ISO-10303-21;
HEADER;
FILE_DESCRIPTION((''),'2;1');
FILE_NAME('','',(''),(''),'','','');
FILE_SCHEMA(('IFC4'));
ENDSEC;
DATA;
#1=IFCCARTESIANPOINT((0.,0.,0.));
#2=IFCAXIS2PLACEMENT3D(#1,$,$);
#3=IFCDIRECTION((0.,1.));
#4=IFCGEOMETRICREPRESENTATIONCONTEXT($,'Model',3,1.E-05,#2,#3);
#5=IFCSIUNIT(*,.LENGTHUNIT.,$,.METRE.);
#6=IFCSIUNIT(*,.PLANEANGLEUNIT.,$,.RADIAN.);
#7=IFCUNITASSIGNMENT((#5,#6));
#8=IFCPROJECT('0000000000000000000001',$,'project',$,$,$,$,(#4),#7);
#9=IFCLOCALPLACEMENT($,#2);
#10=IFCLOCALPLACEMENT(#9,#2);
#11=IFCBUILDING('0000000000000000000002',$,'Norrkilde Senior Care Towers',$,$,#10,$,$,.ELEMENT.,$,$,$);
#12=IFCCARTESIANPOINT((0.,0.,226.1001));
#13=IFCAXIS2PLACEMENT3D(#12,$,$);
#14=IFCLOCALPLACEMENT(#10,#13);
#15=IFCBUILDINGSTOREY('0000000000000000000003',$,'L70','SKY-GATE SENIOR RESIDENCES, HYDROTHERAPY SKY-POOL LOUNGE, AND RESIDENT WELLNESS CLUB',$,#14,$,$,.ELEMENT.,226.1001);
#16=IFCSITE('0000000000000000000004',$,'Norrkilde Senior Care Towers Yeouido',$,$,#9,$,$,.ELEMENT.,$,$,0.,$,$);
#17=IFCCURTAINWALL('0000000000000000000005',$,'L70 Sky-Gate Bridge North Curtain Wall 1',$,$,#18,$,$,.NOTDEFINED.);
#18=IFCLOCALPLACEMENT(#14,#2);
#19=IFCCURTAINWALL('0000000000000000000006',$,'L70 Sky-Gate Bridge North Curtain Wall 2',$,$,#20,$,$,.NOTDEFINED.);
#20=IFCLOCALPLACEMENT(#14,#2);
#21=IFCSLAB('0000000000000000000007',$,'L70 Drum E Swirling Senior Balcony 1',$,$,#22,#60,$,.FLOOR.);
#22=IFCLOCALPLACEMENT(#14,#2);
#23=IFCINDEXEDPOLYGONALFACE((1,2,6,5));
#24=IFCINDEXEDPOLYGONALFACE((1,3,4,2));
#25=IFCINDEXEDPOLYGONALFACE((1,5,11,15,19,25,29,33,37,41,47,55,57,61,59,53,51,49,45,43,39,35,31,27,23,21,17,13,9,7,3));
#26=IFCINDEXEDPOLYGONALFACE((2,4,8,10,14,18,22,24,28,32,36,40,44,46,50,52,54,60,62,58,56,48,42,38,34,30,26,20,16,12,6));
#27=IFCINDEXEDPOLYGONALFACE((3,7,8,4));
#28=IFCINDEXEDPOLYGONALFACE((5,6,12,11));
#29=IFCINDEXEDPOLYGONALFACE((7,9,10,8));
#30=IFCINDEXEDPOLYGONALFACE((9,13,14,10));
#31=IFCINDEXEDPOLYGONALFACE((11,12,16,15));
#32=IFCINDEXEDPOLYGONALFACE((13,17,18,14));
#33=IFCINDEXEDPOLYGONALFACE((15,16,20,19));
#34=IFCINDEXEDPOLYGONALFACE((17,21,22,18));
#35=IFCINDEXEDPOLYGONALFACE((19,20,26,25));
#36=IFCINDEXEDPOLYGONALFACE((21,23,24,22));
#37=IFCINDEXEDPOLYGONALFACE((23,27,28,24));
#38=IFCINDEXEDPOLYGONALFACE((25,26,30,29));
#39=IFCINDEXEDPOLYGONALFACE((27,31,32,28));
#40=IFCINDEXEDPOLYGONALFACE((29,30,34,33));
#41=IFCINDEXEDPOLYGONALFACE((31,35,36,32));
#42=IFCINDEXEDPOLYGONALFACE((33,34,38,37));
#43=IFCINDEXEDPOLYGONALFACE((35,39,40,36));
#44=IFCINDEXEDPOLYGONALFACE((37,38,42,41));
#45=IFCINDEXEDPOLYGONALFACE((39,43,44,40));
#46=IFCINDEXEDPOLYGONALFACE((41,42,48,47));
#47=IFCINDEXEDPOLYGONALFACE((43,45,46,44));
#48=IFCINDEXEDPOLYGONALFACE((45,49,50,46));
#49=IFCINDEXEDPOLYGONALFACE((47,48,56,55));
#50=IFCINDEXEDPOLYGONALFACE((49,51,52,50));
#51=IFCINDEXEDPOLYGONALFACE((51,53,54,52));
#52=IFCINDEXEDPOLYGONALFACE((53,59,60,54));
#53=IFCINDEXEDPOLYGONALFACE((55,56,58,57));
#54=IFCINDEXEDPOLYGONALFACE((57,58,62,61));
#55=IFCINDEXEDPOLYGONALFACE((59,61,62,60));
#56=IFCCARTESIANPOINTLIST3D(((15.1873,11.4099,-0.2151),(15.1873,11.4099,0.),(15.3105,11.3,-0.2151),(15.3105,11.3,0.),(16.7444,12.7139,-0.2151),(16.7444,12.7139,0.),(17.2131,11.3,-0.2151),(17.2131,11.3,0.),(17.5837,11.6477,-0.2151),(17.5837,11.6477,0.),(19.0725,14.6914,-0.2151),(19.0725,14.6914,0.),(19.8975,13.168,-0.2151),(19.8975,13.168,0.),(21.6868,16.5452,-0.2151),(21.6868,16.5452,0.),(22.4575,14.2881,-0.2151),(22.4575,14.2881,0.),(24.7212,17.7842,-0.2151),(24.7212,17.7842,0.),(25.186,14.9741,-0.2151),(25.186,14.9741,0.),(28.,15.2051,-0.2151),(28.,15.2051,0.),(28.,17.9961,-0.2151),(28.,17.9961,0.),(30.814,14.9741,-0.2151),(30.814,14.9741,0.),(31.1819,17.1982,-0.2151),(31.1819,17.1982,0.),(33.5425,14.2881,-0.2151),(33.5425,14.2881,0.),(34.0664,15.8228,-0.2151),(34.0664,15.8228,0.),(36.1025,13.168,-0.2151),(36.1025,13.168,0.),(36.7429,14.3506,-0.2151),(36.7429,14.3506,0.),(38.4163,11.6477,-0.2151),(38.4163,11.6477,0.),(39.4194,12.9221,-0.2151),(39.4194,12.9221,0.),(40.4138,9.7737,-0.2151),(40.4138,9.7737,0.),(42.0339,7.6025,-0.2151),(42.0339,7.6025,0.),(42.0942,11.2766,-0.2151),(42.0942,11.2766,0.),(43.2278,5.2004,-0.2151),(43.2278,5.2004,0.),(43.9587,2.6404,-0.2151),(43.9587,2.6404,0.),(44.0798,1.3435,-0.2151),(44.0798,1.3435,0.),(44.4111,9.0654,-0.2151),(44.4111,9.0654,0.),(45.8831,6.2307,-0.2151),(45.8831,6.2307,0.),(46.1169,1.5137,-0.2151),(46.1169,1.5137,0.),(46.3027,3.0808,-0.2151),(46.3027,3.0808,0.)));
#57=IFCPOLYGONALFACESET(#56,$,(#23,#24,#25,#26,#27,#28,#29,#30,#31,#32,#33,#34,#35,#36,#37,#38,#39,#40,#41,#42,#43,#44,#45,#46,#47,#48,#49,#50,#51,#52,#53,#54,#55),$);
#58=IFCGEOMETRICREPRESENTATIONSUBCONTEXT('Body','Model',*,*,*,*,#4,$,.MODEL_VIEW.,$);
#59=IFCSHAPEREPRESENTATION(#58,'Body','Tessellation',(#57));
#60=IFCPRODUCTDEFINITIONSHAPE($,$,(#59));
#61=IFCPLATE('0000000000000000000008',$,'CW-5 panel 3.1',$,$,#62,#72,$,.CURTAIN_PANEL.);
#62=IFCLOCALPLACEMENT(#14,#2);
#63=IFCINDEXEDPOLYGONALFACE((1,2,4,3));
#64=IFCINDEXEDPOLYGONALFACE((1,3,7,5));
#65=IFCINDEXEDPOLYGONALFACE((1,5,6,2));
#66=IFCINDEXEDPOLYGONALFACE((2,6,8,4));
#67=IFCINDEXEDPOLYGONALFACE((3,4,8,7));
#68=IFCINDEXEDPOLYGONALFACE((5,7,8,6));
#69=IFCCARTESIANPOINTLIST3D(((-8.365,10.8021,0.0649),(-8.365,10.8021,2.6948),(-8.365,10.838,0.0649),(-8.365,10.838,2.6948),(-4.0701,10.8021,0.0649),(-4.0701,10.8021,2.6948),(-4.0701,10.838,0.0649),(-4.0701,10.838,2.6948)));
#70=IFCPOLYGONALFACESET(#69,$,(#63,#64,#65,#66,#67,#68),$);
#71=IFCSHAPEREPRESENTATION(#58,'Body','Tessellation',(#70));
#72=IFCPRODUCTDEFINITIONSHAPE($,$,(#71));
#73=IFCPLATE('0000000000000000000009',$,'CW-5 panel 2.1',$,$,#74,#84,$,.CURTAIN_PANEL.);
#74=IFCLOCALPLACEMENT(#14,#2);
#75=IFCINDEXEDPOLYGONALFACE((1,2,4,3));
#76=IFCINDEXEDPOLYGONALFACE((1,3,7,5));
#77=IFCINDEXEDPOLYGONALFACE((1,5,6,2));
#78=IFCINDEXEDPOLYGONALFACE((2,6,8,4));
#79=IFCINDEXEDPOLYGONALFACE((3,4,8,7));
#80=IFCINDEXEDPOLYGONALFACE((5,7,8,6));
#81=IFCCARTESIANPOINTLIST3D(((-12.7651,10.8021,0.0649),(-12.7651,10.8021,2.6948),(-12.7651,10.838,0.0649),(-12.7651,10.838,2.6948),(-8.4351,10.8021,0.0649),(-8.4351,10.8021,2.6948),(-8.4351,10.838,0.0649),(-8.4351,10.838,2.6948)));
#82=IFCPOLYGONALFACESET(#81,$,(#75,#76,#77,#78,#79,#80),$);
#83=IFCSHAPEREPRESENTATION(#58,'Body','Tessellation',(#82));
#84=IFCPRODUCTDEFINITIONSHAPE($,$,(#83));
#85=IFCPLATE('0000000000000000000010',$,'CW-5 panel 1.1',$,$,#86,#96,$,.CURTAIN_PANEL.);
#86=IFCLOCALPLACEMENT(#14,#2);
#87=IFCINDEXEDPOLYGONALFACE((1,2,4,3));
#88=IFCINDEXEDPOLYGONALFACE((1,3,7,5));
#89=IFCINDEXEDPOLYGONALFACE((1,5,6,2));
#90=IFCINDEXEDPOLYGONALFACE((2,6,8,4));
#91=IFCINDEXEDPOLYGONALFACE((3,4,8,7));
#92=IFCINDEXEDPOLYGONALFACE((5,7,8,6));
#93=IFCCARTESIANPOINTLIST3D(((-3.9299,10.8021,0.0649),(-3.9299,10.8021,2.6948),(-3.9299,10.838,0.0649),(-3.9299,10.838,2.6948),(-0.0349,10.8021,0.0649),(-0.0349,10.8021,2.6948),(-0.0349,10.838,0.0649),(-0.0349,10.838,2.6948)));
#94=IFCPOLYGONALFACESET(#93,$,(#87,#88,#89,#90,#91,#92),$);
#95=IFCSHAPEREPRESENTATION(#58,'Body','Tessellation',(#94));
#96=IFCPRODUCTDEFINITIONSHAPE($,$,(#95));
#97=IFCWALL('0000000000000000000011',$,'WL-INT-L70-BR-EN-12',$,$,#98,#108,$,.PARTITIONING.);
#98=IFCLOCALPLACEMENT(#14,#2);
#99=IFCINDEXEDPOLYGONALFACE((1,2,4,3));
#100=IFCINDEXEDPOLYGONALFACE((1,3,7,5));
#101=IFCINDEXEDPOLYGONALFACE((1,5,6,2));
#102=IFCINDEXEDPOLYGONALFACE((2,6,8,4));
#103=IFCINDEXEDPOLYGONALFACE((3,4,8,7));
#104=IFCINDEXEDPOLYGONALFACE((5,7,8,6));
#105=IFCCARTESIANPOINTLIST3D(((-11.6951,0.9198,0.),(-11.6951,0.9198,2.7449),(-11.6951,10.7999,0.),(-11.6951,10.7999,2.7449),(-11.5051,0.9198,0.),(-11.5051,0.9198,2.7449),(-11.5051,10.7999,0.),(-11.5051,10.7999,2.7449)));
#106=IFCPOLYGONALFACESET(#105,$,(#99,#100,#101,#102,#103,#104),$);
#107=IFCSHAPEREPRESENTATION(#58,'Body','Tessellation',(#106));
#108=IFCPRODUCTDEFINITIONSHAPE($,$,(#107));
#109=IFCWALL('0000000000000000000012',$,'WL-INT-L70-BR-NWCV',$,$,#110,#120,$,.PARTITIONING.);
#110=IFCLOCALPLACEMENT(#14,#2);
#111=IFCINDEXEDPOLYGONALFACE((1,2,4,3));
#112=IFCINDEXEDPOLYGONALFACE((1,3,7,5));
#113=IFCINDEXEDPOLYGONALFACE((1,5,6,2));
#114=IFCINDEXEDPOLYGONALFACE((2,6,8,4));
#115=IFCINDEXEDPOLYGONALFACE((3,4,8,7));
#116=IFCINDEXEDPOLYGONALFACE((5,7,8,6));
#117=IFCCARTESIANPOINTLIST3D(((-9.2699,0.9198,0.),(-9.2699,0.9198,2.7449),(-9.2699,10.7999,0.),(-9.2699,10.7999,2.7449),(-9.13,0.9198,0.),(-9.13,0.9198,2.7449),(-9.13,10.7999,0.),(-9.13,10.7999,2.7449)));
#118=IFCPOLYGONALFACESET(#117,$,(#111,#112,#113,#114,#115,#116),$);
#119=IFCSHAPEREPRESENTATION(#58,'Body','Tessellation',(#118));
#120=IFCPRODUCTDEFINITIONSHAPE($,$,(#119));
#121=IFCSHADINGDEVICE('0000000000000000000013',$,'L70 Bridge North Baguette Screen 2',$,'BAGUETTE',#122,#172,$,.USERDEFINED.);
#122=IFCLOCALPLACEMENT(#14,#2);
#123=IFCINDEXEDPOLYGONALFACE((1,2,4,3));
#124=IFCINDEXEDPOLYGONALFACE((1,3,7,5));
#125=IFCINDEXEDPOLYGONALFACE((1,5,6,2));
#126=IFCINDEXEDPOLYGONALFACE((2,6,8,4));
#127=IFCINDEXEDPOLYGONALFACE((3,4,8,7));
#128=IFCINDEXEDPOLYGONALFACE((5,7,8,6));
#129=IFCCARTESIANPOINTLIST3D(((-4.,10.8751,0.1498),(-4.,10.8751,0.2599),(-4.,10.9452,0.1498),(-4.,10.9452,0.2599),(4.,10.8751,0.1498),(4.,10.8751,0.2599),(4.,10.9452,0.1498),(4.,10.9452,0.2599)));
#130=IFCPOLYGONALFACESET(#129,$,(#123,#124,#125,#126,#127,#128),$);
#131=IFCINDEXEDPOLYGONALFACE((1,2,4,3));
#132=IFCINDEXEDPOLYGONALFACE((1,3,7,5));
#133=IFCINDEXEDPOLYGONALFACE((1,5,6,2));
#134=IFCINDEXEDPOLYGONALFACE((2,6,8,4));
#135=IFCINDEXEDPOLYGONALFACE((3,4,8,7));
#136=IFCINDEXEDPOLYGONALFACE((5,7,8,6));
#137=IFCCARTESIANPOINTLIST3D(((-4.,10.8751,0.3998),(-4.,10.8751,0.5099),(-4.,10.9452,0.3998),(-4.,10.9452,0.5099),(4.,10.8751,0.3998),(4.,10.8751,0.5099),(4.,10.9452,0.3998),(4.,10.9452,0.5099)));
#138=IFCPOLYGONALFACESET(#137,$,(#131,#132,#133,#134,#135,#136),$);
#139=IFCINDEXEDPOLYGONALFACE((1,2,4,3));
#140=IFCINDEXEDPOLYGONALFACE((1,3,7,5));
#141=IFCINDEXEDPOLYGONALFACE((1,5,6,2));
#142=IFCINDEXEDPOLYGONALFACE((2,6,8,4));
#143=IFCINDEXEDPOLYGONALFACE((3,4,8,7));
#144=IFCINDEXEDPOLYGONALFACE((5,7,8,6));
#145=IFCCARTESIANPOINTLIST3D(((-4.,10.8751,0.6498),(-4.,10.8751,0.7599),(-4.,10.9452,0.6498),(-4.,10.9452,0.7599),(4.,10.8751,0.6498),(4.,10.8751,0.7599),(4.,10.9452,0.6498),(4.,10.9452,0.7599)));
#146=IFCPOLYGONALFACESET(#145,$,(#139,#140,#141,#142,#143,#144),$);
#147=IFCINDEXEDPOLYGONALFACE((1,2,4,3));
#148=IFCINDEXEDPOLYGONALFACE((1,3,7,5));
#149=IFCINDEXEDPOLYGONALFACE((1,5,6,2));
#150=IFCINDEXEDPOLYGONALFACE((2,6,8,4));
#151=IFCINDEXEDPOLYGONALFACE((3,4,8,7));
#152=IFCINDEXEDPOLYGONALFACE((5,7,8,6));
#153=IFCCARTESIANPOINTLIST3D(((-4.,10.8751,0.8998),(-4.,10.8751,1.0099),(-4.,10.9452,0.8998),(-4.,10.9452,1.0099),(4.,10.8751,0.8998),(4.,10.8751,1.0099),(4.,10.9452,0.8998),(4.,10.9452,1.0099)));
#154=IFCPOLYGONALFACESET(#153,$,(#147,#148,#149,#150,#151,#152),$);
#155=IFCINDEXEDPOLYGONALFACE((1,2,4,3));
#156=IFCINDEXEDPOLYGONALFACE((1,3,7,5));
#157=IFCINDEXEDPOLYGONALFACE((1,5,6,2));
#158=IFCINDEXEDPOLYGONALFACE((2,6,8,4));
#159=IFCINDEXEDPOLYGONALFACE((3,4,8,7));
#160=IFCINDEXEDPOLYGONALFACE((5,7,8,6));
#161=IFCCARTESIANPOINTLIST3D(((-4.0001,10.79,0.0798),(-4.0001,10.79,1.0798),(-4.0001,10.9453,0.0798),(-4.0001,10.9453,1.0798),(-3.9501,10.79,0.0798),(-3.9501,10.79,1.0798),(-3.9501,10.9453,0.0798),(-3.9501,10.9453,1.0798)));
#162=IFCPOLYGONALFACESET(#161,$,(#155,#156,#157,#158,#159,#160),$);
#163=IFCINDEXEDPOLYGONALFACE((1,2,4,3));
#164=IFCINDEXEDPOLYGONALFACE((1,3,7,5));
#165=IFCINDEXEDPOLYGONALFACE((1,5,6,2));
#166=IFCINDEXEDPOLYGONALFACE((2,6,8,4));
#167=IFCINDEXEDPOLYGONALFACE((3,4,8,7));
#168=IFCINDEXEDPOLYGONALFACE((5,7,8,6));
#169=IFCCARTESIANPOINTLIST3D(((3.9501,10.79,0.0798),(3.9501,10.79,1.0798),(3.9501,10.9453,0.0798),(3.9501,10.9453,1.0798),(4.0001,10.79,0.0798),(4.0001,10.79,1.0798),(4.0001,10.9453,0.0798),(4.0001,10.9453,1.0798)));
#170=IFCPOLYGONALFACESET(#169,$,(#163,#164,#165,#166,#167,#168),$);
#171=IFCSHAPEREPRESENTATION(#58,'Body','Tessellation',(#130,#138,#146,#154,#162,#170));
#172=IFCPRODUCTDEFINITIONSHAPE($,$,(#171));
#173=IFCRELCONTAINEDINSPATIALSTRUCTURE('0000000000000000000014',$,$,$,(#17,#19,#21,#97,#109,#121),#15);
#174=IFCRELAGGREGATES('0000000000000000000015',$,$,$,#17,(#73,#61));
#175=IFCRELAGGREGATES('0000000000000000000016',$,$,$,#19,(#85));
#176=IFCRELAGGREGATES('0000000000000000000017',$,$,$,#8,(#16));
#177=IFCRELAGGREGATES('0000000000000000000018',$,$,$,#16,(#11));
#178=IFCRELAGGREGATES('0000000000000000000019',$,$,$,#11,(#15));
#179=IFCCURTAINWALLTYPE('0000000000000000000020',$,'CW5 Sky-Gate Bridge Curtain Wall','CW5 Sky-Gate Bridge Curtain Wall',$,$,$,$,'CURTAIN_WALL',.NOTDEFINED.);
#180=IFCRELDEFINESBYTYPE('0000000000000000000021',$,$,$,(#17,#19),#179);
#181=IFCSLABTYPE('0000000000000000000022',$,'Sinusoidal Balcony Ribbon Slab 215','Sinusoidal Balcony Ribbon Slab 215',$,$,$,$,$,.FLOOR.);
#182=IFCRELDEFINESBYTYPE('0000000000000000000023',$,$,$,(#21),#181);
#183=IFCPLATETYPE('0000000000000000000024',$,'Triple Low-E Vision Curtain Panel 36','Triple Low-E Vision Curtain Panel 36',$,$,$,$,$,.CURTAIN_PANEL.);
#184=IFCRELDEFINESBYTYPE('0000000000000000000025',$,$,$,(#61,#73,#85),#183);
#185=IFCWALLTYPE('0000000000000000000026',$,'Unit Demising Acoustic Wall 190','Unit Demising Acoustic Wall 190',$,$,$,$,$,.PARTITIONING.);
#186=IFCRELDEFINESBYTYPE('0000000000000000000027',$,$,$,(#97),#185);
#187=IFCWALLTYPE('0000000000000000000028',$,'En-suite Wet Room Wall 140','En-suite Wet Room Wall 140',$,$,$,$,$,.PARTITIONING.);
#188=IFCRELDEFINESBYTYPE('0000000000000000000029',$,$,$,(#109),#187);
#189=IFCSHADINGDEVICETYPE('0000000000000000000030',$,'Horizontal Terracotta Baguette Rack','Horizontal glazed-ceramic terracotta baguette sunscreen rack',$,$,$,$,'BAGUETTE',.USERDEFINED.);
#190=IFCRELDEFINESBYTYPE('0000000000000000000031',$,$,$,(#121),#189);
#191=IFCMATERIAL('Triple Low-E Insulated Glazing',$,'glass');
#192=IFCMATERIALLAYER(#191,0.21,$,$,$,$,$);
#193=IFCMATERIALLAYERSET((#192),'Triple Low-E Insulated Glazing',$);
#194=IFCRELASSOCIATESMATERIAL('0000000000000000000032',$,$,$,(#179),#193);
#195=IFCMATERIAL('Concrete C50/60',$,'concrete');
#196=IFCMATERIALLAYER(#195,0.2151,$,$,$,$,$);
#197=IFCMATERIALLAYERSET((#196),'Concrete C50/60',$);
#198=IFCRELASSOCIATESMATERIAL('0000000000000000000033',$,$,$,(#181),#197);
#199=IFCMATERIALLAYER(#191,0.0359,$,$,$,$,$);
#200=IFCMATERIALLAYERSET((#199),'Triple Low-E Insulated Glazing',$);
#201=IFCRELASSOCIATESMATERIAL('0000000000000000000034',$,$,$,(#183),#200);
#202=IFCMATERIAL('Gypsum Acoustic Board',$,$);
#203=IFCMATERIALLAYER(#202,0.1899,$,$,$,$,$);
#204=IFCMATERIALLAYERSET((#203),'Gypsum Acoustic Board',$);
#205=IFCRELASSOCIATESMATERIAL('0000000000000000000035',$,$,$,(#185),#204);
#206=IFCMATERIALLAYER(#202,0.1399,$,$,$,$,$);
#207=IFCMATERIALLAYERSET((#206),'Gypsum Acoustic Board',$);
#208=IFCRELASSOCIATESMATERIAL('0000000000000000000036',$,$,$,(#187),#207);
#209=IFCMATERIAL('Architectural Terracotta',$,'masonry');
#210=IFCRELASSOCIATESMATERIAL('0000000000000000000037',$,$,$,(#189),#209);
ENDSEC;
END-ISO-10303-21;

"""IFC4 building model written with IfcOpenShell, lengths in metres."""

from ifc_helpers import new_model, si_unit, direction, frame, frame_2d, origin, origin_2d, place, context, subcontext, project, spatial, polyline, rectangle, outline, extrude, source, transform, mapped, material, layer, layer_set, type_object, type_shapes, element, aggregate, save


model = new_model("IFC4")

# Units and contexts
model_context = context("Model", 3, precision=1e-05, world=origin(), true_north=direction((0.0, 1.0)))
body_context = subcontext(model_context, "Body", "Model", "MODEL_VIEW")
ifc_project = project(units=[si_unit("LENGTHUNIT", "METRE"), si_unit("PLANEANGLEUNIT", "RADIAN")], contexts=[model_context])

# Site, building, storey
site_placement = place(None, origin())
site = spatial("IfcSite", under=ifc_project, at=site_placement, Name="Norrkilde Senior Care Towers Yeouido", CompositionType="ELEMENT", RefElevation=0.0)
building_placement = place(site_placement, origin())
building = spatial("IfcBuilding", under=site, at=building_placement, Name="Norrkilde Senior Care Towers", CompositionType="ELEMENT")
storey_placement = place(building_placement, frame((0.0, 0.0, 226.1001)))
storey = spatial("IfcBuildingStorey", under=building, at=storey_placement, Name="L70", Description="SKY-GATE SENIOR RESIDENCES, HYDROTHERAPY SKY-POOL LOUNGE, AND RESIDENT WELLNESS CLUB", CompositionType="ELEMENT", Elevation=226.1001)

# Curtain walls
ifc_material_1 = material(Name="Triple Low-E Insulated Glazing", Category="glass")
ifc_layer_1 = layer(ifc_material_1, 0.21)
ifc_layer_set_1 = layer_set([ifc_layer_1], Name="Triple Low-E Insulated Glazing")
curtain_wall_type = type_object("IfcCurtainWallType", Name="CW5 Sky-Gate Bridge Curtain Wall", Description="CW5 Sky-Gate Bridge Curtain Wall", ElementType="CURTAIN_WALL", PredefinedType="NOTDEFINED", material=ifc_layer_set_1)
curtain_wall_1_placement = place(storey_placement, origin())
curtain_wall_1 = element("IfcCurtainWall", 1, at=curtain_wall_1_placement, inside=storey, type_object=curtain_wall_type, Name="L70 Sky-Gate Bridge North Curtain Wall 1", PredefinedType="NOTDEFINED")
curtain_wall_2_placement = place(storey_placement, origin())
curtain_wall_2 = element("IfcCurtainWall", 2, at=curtain_wall_2_placement, inside=storey, type_object=curtain_wall_type, Name="L70 Sky-Gate Bridge North Curtain Wall 2", PredefinedType="NOTDEFINED")

# Slab
ifc_material_2 = material(Name="Concrete C50/60", Category="concrete")
ifc_layer_2 = layer(ifc_material_2, 0.2151)
ifc_layer_set_2 = layer_set([ifc_layer_2], Name="Concrete C50/60")
slab_type_1 = type_object("IfcSlabType", Name="Sinusoidal Balcony Ribbon Slab 215", Description="Sinusoidal Balcony Ribbon Slab 215", PredefinedType="FLOOR", material=ifc_layer_set_2)
slab_1_placement = place(storey_placement, frame((0.0, 0.0, -0.2151)))
element("IfcSlab", 3, at=slab_1_placement, inside=storey, type_object=slab_type_1, Name="L70 Drum E Swirling Senior Balcony 1", PredefinedType="FLOOR", context=body_context, shape_type="SweptSolid", body=[
    extrude(outline(polyline([(21.6868, 16.5452), (24.7212, 17.7842), (28.0, 17.9961), (31.1819, 17.1982), (34.0664, 15.8228), (36.7429, 14.3506), (39.4194, 12.9221), (42.0942, 11.2766), (44.4111, 9.0654), (45.8831, 6.2307), (46.3027, 3.0808), (46.1169, 1.5137), (44.0798, 1.3435), (43.9587, 2.6404), (43.2278, 5.2004), (42.0339, 7.6025), (40.4138, 9.7737), (38.4163, 11.6477), (36.1025, 13.168), (33.5425, 14.2881), (30.814, 14.9741), (28.0, 15.2051), (25.186, 14.9741), (22.4575, 14.2881), (19.8975, 13.168), (17.5837, 11.6477), (17.2131, 11.3), (15.3105, 11.3), (15.1873, 11.4099), (16.7444, 12.7139), (19.0725, 14.6914), (21.6868, 16.5452)])), origin(), (0.0, 0.0, 1.0), 0.2151),
])

# Plates
ifc_layer_3 = layer(ifc_material_1, 0.0359)
ifc_layer_set_3 = layer_set([ifc_layer_3], Name="Triple Low-E Insulated Glazing")
plate_type = type_object("IfcPlateType", Name="Triple Low-E Vision Curtain Panel 36", Description="Triple Low-E Vision Curtain Panel 36", PredefinedType="CURTAIN_PANEL", material=ifc_layer_set_3)
shared_shape_1 = source(origin(), body_context, "Body", "SweptSolid", [
    extrude(rectangle(XDim=4.2949, YDim=0.0359, at=origin_2d()), origin(), (0.0, 0.0, 1.0), 2.6299),
])
plate_1_placement = place(storey_placement, frame((-6.2175, 10.8201, 0.0649), z_axis=(0.0, 0.0, 1.0), x_axis=(1.0, 0.0, 0.0)))
plate_1 = element("IfcPlate", 4, at=plate_1_placement, type_object=plate_type, Name="CW-5 panel 3.1", PredefinedType="CURTAIN_PANEL", context=body_context, shape_type="MappedRepresentation", body=[
    mapped(shared_shape_1, transform((0.0, 0.0, 0.0), x_axis=(1.0, 0.0, 0.0), y_axis=(0.0, 1.0, 0.0), z_axis=(0.0, 0.0, 1.0), scale=1.0)),
])
shared_shape_2 = source(origin(), body_context, "Body", "SweptSolid", [
    extrude(rectangle(XDim=4.3301, YDim=0.0359, at=origin_2d()), origin(), (0.0, 0.0, 1.0), 2.6299),
])
plate_2_placement = place(storey_placement, frame((-10.6001, 10.8201, 0.0649), z_axis=(0.0, 0.0, 1.0), x_axis=(1.0, 0.0, 0.0)))
plate_2 = element("IfcPlate", 5, at=plate_2_placement, type_object=plate_type, Name="CW-5 panel 2.1", PredefinedType="CURTAIN_PANEL", context=body_context, shape_type="MappedRepresentation", body=[
    mapped(shared_shape_2, transform((0.0, 0.0, 0.0), x_axis=(1.0, 0.0, 0.0), y_axis=(0.0, 1.0, 0.0), z_axis=(0.0, 0.0, 1.0), scale=1.0)),
])
aggregate(curtain_wall_1, [plate_2, plate_1])
shared_shape_3 = source(origin(), body_context, "Body", "SweptSolid", [
    extrude(rectangle(XDim=3.895, YDim=0.0359, at=origin_2d()), origin(), (0.0, 0.0, 1.0), 2.6299),
])
type_shapes(plate_type, [shared_shape_1, shared_shape_2, shared_shape_3])
plate_3_placement = place(storey_placement, frame((-1.9824, 10.8201, 0.0649), z_axis=(0.0, 0.0, 1.0), x_axis=(1.0, 0.0, 0.0)))
plate_3 = element("IfcPlate", 6, at=plate_3_placement, type_object=plate_type, Name="CW-5 panel 1.1", PredefinedType="CURTAIN_PANEL", context=body_context, shape_type="MappedRepresentation", body=[
    mapped(shared_shape_3, transform((0.0, 0.0, 0.0), x_axis=(1.0, 0.0, 0.0), y_axis=(0.0, 1.0, 0.0), z_axis=(0.0, 0.0, 1.0), scale=1.0)),
])
aggregate(curtain_wall_2, [plate_3])

# Shared definitions
ifc_material_3 = material(Name="Gypsum Acoustic Board")

# Walls
ifc_layer_4 = layer(ifc_material_3, 0.1899)
ifc_layer_set_4 = layer_set([ifc_layer_4], Name="Gypsum Acoustic Board")
wall_type_1 = type_object("IfcWallType", Name="Unit Demising Acoustic Wall 190", Description="Unit Demising Acoustic Wall 190", PredefinedType="PARTITIONING", material=ifc_layer_set_4)
shared_shape_4 = source(origin(), body_context, "Body", "SweptSolid", [
    extrude(rectangle(XDim=9.8801, YDim=0.1899, at=frame_2d((4.9399, 0.0))), origin(), (0.0, 0.0, 1.0), 2.7449),
])
type_shapes(wall_type_1, [shared_shape_4])
wall_1_placement = place(storey_placement, frame((-11.6001, 0.9199, 0.0), z_axis=(0.0, 0.0, 1.0), x_axis=(0.0, 1.0, 0.0)))
element("IfcWall", 7, at=wall_1_placement, inside=storey, type_object=wall_type_1, Name="WL-INT-L70-BR-EN-12", PredefinedType="PARTITIONING", context=body_context, shape_type="MappedRepresentation", body=[
    mapped(shared_shape_4, transform((0.0, 0.0, 0.0), x_axis=(1.0, 0.0, 0.0), y_axis=(0.0, 1.0, 0.0), z_axis=(0.0, 0.0, 1.0), scale=1.0)),
])
ifc_layer_5 = layer(ifc_material_3, 0.1399)
ifc_layer_set_5 = layer_set([ifc_layer_5], Name="Gypsum Acoustic Board")
wall_type_2 = type_object("IfcWallType", Name="En-suite Wet Room Wall 140", Description="En-suite Wet Room Wall 140", PredefinedType="PARTITIONING", material=ifc_layer_set_5)
shared_shape_5 = source(origin(), body_context, "Body", "SweptSolid", [
    extrude(rectangle(XDim=9.8801, YDim=0.1399, at=frame_2d((4.9399, 0.0))), origin(), (0.0, 0.0, 1.0), 2.7449),
])
type_shapes(wall_type_2, [shared_shape_5])
wall_2_placement = place(storey_placement, frame((-9.2, 0.9199, 0.0), z_axis=(0.0, 0.0, 1.0), x_axis=(0.0, 1.0, 0.0)))
element("IfcWall", 8, at=wall_2_placement, inside=storey, type_object=wall_type_2, Name="WL-INT-L70-BR-NWCV", PredefinedType="PARTITIONING", context=body_context, shape_type="MappedRepresentation", body=[
    mapped(shared_shape_5, transform((0.0, 0.0, 0.0), x_axis=(1.0, 0.0, 0.0), y_axis=(0.0, 1.0, 0.0), z_axis=(0.0, 0.0, 1.0), scale=1.0)),
])

# Shading device
ifc_material_4 = material(Name="Architectural Terracotta", Category="masonry")
shading_device_type = type_object("IfcShadingDeviceType", Name="Horizontal Terracotta Baguette Rack", Description="Horizontal glazed-ceramic terracotta baguette sunscreen rack", ElementType="BAGUETTE", PredefinedType="USERDEFINED", material=ifc_material_4)
shared_shape_6 = source(origin(), body_context, "Body", "SweptSolid", [
    extrude(rectangle(XDim=0.0701, YDim=0.1101, at=origin_2d()), frame((0.0, 0.0901, 0.125), z_axis=(1.0, 0.0, 0.0), x_axis=(0.0, 1.0, 0.0)), (0.0, 0.0, 1.0), 8.0),
    extrude(rectangle(XDim=0.0701, YDim=0.1101, at=origin_2d()), frame((0.0, 0.0901, 0.375), z_axis=(1.0, 0.0, 0.0), x_axis=(0.0, 1.0, 0.0)), (0.0, 0.0, 1.0), 8.0),
    extrude(rectangle(XDim=0.0701, YDim=0.1101, at=origin_2d()), frame((0.0, 0.0901, 0.625), z_axis=(1.0, 0.0, 0.0), x_axis=(0.0, 1.0, 0.0)), (0.0, 0.0, 1.0), 8.0),
    extrude(rectangle(XDim=0.0701, YDim=0.1101, at=origin_2d()), frame((0.0, 0.0901, 0.875), z_axis=(1.0, 0.0, 0.0), x_axis=(0.0, 1.0, 0.0)), (0.0, 0.0, 1.0), 8.0),
    extrude(rectangle(XDim=0.05, YDim=0.1553, at=origin_2d()), frame((0.0249, 0.0476, 0.0)), (0.0, 0.0, 1.0), 1.0),
    extrude(rectangle(XDim=0.05, YDim=0.1553, at=origin_2d()), frame((7.9751, 0.0476, 0.0)), (0.0, 0.0, 1.0), 1.0),
])
type_shapes(shading_device_type, [shared_shape_6])
shading_device_placement = place(storey_placement, frame((-4.0, 10.8201, 0.0798), z_axis=(0.0, 0.0, 1.0), x_axis=(1.0, 0.0, 0.0)))
element("IfcShadingDevice", 9, at=shading_device_placement, inside=storey, type_object=shading_device_type, Name="L70 Bridge North Baguette Screen 2", ObjectType="BAGUETTE", PredefinedType="USERDEFINED", context=body_context, shape_type="MappedRepresentation", body=[
    mapped(shared_shape_6, transform((0.0, 0.0, 0.0), x_axis=(1.0, 0.0, 0.0), y_axis=(0.0, 1.0, 0.0), z_axis=(0.0, 0.0, 1.0), scale=1.0)),
])

save(model, "model.ifc")
